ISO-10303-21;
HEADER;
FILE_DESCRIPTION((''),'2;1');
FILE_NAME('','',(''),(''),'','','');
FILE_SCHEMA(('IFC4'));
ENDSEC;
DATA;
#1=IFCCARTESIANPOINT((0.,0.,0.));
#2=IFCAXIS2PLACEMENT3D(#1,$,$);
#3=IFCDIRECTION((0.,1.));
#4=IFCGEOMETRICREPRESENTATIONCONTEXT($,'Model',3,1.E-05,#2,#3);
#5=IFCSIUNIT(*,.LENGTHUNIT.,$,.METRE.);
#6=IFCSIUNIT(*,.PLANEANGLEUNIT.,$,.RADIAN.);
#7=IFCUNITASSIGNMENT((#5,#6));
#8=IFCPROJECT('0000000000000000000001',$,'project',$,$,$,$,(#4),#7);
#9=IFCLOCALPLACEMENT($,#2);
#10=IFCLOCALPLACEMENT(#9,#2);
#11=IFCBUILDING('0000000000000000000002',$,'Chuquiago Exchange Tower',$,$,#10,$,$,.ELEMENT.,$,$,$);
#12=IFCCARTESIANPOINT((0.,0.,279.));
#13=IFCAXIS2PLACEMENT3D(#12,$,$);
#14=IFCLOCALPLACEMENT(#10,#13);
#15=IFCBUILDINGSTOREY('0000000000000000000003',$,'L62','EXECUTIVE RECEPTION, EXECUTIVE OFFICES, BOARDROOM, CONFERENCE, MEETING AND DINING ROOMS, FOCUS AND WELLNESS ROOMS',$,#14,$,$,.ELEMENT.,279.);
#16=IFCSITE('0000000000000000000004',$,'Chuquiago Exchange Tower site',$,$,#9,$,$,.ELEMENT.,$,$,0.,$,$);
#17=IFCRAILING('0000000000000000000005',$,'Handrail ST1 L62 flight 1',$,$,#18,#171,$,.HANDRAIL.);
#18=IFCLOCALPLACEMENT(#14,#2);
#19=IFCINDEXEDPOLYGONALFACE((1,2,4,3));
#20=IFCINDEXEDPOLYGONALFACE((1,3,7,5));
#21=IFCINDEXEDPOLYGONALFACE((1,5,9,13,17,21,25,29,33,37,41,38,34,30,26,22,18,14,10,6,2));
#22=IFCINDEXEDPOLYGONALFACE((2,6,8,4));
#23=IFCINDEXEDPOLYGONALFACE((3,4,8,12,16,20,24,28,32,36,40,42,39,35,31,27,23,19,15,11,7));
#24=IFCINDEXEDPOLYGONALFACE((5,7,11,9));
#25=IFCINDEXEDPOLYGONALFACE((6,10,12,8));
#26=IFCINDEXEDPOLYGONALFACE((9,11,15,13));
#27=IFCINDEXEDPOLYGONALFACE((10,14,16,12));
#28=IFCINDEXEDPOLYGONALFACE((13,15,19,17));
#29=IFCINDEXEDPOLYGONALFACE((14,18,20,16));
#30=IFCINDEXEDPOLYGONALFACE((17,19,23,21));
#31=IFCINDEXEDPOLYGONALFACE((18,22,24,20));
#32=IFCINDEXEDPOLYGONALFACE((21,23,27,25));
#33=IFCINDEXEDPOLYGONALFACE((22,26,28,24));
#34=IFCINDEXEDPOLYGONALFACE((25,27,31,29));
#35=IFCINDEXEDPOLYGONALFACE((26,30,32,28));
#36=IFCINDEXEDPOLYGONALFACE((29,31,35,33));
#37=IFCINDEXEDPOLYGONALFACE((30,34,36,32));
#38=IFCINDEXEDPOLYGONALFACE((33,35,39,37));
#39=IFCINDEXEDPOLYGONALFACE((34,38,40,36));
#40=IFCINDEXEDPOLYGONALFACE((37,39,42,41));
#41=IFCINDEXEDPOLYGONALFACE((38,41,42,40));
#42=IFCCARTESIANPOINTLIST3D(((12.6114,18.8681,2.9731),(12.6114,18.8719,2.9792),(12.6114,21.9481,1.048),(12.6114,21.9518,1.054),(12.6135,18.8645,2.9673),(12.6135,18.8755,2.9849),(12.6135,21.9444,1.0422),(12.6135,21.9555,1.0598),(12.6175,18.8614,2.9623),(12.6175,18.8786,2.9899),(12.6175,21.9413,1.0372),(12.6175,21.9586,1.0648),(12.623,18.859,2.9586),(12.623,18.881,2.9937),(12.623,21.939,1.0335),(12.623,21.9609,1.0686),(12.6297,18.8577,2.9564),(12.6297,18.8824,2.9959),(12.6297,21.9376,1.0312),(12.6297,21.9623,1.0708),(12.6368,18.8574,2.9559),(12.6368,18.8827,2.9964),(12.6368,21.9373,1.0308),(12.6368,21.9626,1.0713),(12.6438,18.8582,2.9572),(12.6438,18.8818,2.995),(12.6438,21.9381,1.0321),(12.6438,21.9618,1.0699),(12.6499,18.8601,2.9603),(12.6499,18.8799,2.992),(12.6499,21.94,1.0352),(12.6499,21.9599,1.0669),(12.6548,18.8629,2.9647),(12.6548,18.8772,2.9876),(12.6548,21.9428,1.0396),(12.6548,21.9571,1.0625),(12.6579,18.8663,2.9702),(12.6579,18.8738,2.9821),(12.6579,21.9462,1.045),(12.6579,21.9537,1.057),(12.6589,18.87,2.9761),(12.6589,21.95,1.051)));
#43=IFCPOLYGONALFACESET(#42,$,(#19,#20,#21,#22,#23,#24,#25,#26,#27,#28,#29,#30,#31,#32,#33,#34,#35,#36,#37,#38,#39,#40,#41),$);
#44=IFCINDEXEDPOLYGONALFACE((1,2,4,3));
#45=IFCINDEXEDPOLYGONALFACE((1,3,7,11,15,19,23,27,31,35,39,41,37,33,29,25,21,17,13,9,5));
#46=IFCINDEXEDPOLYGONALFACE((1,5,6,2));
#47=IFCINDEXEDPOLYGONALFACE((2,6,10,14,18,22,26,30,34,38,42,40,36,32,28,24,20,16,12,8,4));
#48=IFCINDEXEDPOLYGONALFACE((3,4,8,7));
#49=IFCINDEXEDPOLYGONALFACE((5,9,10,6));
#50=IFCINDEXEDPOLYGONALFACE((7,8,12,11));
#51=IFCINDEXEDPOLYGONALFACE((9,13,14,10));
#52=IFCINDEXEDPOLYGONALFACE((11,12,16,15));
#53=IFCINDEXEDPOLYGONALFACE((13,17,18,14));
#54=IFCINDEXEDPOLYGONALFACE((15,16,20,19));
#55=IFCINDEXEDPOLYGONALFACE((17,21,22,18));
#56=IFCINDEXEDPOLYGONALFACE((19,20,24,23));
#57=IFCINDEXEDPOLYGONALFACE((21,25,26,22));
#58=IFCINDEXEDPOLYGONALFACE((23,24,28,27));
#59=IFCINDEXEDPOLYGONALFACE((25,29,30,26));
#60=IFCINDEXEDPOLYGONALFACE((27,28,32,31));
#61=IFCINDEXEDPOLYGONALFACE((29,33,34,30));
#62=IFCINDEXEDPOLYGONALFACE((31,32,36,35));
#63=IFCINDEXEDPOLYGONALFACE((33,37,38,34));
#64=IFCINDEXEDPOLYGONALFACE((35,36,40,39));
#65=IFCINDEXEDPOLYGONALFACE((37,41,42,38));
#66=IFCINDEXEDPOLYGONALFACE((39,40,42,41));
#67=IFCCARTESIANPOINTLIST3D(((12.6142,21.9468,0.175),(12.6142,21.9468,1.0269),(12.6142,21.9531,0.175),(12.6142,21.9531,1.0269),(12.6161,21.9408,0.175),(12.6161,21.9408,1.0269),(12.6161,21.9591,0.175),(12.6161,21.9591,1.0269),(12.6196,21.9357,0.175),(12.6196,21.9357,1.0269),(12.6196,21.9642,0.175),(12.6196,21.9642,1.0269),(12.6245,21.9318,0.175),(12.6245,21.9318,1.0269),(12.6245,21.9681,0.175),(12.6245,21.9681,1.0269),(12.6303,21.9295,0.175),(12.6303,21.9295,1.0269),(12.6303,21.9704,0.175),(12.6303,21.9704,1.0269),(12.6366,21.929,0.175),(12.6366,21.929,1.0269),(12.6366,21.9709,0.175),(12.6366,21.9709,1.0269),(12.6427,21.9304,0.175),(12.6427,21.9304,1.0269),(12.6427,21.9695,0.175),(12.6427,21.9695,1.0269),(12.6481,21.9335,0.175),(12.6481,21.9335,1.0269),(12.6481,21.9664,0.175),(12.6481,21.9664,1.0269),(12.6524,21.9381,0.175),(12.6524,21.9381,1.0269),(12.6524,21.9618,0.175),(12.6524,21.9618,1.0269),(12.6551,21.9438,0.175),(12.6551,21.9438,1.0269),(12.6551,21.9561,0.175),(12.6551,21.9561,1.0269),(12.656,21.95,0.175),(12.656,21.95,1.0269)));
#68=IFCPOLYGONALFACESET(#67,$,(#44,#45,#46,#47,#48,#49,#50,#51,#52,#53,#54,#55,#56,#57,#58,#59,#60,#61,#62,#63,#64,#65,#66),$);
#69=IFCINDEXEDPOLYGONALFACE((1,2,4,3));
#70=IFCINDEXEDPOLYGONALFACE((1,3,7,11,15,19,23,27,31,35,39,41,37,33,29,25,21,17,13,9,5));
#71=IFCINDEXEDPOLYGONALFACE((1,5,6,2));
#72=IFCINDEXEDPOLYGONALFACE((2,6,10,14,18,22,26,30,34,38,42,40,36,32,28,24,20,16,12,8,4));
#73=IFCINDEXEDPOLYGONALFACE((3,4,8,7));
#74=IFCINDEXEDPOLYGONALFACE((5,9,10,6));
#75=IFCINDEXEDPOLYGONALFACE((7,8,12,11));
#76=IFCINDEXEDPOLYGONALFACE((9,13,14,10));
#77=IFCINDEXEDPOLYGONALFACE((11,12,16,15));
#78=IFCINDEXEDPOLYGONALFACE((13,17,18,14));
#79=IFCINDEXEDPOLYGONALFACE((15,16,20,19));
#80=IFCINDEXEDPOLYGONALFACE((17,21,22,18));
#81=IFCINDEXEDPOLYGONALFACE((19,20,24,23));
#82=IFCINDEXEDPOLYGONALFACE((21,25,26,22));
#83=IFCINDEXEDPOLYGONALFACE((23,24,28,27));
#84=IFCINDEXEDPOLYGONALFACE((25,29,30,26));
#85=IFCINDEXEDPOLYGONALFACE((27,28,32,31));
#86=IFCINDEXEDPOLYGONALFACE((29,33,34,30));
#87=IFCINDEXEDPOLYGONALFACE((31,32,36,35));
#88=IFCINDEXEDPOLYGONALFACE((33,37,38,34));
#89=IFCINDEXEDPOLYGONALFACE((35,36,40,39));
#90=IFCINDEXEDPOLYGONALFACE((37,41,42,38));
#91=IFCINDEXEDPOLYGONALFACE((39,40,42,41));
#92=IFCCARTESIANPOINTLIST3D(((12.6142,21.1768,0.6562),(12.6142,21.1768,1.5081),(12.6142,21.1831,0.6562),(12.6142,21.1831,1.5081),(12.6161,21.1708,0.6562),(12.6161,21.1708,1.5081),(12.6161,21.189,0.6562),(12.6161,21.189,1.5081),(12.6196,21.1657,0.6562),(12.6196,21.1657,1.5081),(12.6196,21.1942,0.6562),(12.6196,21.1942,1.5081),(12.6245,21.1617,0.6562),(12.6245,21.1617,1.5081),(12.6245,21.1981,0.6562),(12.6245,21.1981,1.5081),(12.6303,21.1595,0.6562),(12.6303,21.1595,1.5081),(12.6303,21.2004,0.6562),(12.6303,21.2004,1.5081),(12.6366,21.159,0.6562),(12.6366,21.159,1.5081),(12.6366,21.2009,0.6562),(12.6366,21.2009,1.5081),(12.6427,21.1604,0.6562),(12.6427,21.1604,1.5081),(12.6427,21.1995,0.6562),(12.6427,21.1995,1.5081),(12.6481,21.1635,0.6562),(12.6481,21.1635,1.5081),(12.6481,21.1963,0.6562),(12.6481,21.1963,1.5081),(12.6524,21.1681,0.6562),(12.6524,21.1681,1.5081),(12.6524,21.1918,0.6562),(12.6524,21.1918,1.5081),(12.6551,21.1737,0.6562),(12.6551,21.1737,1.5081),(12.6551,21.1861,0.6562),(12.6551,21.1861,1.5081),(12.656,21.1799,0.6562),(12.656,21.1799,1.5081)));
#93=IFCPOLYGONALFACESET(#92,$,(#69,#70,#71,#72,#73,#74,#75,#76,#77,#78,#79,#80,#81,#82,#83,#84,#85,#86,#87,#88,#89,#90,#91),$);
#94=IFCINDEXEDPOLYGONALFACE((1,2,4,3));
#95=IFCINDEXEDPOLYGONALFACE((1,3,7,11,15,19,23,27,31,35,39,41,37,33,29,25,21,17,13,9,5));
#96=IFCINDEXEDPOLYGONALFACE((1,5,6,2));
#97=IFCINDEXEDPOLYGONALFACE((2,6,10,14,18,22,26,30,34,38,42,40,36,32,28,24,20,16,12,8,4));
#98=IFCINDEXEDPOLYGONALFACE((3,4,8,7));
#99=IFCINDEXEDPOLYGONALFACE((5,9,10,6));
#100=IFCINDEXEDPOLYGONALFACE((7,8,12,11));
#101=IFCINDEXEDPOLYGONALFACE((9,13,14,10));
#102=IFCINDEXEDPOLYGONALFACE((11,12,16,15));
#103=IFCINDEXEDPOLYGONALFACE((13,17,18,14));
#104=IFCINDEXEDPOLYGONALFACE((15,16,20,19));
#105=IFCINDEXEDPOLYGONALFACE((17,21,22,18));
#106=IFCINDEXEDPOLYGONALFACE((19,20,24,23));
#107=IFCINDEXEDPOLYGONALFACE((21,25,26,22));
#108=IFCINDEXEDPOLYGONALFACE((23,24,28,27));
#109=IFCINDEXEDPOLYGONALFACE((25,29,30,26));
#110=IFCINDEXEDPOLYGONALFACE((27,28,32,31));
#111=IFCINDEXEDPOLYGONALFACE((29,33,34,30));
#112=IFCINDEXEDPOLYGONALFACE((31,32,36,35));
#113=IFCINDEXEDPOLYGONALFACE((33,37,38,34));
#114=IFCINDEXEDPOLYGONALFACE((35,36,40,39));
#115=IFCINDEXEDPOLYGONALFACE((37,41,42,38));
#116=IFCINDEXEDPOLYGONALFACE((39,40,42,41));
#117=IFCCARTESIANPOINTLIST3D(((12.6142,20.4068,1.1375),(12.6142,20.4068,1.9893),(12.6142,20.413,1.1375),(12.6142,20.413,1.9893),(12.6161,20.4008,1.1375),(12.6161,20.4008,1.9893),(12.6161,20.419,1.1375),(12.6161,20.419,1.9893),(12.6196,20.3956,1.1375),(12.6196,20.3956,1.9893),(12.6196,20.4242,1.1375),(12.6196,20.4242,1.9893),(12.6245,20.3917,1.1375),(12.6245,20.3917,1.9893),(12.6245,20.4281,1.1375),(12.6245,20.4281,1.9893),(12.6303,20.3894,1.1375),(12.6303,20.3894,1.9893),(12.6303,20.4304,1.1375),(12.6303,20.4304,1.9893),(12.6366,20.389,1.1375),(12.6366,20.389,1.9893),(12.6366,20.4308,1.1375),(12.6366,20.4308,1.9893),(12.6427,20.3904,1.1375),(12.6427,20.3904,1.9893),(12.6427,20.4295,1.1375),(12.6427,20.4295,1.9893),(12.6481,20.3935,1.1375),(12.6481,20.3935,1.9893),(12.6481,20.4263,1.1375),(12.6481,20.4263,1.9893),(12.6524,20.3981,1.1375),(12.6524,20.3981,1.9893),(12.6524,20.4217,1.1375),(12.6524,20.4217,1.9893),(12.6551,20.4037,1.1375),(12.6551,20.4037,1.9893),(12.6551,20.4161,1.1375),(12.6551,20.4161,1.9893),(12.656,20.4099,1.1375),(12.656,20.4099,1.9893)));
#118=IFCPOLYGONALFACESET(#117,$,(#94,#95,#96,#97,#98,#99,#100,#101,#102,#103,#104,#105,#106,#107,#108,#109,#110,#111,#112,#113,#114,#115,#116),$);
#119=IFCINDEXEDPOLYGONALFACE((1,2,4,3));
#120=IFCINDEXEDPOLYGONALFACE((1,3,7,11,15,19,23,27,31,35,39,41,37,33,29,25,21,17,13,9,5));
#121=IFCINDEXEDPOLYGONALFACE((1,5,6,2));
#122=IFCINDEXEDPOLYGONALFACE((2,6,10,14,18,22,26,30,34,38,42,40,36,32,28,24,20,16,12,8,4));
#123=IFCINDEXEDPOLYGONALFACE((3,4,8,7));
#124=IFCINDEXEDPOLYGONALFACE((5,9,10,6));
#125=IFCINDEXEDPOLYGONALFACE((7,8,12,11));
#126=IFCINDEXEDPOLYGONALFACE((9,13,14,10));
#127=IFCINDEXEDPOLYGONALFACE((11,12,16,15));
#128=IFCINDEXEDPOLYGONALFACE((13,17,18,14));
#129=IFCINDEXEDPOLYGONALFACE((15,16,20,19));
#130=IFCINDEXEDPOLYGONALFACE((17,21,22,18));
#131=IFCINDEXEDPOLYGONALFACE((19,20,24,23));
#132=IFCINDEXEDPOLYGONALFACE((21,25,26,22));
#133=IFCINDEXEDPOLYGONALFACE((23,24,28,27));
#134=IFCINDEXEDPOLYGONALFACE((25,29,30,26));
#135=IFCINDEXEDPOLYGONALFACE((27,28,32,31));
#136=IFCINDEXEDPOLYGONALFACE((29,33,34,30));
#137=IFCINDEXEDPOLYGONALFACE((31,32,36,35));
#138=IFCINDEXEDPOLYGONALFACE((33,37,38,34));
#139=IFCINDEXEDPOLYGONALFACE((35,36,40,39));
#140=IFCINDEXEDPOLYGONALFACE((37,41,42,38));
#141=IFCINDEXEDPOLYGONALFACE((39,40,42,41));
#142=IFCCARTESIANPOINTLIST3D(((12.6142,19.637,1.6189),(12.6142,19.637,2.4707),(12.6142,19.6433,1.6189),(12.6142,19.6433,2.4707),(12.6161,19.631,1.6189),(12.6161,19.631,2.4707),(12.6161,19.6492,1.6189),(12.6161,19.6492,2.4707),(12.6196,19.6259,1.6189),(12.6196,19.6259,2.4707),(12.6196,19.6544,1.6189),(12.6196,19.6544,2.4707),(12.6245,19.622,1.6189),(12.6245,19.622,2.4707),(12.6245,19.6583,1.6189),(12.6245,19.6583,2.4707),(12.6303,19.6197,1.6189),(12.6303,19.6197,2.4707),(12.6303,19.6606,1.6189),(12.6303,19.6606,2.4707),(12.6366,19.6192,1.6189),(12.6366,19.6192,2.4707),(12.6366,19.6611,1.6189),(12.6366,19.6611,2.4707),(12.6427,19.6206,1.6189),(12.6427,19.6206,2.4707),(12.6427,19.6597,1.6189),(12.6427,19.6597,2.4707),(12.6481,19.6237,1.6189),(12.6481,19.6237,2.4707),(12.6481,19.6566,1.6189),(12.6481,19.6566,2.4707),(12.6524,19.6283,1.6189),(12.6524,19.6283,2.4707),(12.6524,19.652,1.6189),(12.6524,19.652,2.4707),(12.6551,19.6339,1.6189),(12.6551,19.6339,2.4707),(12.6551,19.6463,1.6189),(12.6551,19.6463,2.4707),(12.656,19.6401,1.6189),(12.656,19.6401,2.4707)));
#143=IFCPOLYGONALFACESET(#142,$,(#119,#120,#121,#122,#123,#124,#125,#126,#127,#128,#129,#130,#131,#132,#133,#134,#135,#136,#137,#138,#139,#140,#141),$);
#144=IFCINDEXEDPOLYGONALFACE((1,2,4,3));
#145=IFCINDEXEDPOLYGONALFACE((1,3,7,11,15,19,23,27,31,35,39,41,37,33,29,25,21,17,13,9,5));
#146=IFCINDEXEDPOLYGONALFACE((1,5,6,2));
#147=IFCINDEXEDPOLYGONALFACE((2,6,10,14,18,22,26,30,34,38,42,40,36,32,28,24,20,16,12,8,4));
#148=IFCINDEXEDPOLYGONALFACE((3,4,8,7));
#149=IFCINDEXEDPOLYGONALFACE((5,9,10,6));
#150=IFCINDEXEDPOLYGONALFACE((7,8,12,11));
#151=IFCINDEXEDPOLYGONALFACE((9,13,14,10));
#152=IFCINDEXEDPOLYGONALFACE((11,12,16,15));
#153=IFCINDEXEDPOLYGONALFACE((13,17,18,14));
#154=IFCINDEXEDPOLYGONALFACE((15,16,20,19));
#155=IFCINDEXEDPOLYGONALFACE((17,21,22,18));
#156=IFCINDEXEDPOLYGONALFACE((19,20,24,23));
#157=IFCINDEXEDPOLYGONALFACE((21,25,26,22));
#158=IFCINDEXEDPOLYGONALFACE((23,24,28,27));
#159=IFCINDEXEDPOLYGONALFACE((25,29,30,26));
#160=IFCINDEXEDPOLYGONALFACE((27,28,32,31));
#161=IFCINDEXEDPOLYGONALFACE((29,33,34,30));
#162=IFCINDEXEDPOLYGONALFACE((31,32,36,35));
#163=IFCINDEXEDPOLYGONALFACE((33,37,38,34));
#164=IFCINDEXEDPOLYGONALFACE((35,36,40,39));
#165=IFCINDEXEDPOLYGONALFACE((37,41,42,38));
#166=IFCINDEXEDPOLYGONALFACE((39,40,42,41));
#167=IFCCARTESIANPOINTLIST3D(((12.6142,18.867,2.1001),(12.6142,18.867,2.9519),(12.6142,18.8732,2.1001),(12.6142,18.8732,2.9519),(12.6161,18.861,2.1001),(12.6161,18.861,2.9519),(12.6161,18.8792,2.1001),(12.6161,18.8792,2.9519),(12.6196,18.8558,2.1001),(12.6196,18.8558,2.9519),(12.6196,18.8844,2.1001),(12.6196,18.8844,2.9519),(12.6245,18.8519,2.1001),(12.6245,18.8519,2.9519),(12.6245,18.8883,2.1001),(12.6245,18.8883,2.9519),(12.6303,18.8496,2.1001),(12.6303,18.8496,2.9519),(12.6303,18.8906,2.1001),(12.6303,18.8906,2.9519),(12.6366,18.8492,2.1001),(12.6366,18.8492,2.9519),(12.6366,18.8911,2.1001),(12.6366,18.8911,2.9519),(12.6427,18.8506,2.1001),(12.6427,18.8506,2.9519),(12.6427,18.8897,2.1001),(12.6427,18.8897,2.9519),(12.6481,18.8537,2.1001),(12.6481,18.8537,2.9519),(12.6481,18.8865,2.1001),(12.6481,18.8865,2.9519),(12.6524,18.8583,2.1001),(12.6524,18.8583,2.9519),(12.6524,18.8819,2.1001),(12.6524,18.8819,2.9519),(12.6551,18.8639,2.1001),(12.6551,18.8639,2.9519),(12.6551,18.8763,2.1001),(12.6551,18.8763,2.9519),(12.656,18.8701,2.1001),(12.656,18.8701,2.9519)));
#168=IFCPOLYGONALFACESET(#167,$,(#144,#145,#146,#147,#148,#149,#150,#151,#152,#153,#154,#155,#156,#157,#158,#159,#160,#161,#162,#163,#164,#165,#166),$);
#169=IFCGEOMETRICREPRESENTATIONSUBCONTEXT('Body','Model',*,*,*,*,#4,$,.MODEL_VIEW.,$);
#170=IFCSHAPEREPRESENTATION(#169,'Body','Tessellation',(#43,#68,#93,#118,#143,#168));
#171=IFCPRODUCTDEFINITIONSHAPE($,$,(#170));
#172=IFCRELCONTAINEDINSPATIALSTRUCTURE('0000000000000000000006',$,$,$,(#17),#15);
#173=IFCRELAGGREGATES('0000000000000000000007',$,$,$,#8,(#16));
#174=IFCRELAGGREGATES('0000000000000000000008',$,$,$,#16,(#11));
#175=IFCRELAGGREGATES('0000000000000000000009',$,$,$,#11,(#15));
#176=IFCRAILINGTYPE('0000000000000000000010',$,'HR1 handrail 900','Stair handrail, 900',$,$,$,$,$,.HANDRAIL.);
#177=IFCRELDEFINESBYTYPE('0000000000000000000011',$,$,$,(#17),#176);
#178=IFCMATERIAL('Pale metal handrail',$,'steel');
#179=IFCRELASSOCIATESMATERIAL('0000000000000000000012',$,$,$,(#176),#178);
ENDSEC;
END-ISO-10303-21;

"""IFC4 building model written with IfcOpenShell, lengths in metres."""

from ifc_helpers import new_model, si_unit, direction, frame, origin, origin_2d, place, context, subcontext, project, spatial, circle, extrude, material, type_object, element, save


model = new_model("IFC4")

# Units and contexts
model_context = context("Model", 3, precision=1e-05, world=origin(), true_north=direction((0.0, 1.0)))
body_context = subcontext(model_context, "Body", "Model", "MODEL_VIEW")
ifc_project = project(units=[si_unit("LENGTHUNIT", "METRE"), si_unit("PLANEANGLEUNIT", "RADIAN")], contexts=[model_context])

# Site, building, storey
site_placement = place(None, origin())
site = spatial("IfcSite", under=ifc_project, at=site_placement, Name="Chuquiago Exchange Tower site", CompositionType="ELEMENT", RefElevation=0.0)
building_placement = place(site_placement, origin())
building = spatial("IfcBuilding", under=site, at=building_placement, Name="Chuquiago Exchange Tower", CompositionType="ELEMENT")
storey_placement = place(building_placement, frame((0.0, 0.0, 279.0)))
storey = spatial("IfcBuildingStorey", under=building, at=storey_placement, Name="L62", Description="EXECUTIVE RECEPTION, EXECUTIVE OFFICES, BOARDROOM, CONFERENCE, MEETING AND DINING ROOMS, FOCUS AND WELLNESS ROOMS", CompositionType="ELEMENT", Elevation=279.0)

# Railing
ifc_material_1 = material(Name="Pale metal handrail", Category="steel")
railing_type_1 = type_object("IfcRailingType", Name="HR1 handrail 900", Description="Stair handrail, 900", PredefinedType="HANDRAIL", material=ifc_material_1)
for number, where, name in (
    (1, (12.635, 21.95, 0.175), "Handrail ST1 L62 flight 1"),
):
    element("IfcRailing", number, at=place(storey_placement, frame(where)), inside=storey, type_object=railing_type_1, Name=name, PredefinedType="HANDRAIL", context=body_context, shape_type="SweptSolid", body=[
        extrude(circle(Radius=0.0239, at=origin_2d()), frame((0.0, 0.0, 0.876), z_axis=(0.0, -0.847979, 0.530029), x_axis=(1.0, 0.0, 0.0)), (0.0, 0.0, 1.0), 3.6321),
        extrude(circle(Radius=0.021, at=origin_2d()), origin(), (0.0, 0.0, 1.0), 0.8518),
        extrude(circle(Radius=0.021, at=origin_2d()), frame((0.0, -0.77, 0.4812)), (0.0, 0.0, 1.0), 0.8518),
        extrude(circle(Radius=0.021, at=origin_2d()), frame((0.0, -1.54, 0.9624)), (0.0, 0.0, 1.0), 0.8518),
        extrude(circle(Radius=0.021, at=origin_2d()), frame((0.0, -2.3098, 1.4438)), (0.0, 0.0, 1.0), 0.8518),
        extrude(circle(Radius=0.021, at=origin_2d()), frame((0.0, -3.0798, 1.925)), (0.0, 0.0, 1.0), 0.8518),
    ])

save(model, "model.ifc")
